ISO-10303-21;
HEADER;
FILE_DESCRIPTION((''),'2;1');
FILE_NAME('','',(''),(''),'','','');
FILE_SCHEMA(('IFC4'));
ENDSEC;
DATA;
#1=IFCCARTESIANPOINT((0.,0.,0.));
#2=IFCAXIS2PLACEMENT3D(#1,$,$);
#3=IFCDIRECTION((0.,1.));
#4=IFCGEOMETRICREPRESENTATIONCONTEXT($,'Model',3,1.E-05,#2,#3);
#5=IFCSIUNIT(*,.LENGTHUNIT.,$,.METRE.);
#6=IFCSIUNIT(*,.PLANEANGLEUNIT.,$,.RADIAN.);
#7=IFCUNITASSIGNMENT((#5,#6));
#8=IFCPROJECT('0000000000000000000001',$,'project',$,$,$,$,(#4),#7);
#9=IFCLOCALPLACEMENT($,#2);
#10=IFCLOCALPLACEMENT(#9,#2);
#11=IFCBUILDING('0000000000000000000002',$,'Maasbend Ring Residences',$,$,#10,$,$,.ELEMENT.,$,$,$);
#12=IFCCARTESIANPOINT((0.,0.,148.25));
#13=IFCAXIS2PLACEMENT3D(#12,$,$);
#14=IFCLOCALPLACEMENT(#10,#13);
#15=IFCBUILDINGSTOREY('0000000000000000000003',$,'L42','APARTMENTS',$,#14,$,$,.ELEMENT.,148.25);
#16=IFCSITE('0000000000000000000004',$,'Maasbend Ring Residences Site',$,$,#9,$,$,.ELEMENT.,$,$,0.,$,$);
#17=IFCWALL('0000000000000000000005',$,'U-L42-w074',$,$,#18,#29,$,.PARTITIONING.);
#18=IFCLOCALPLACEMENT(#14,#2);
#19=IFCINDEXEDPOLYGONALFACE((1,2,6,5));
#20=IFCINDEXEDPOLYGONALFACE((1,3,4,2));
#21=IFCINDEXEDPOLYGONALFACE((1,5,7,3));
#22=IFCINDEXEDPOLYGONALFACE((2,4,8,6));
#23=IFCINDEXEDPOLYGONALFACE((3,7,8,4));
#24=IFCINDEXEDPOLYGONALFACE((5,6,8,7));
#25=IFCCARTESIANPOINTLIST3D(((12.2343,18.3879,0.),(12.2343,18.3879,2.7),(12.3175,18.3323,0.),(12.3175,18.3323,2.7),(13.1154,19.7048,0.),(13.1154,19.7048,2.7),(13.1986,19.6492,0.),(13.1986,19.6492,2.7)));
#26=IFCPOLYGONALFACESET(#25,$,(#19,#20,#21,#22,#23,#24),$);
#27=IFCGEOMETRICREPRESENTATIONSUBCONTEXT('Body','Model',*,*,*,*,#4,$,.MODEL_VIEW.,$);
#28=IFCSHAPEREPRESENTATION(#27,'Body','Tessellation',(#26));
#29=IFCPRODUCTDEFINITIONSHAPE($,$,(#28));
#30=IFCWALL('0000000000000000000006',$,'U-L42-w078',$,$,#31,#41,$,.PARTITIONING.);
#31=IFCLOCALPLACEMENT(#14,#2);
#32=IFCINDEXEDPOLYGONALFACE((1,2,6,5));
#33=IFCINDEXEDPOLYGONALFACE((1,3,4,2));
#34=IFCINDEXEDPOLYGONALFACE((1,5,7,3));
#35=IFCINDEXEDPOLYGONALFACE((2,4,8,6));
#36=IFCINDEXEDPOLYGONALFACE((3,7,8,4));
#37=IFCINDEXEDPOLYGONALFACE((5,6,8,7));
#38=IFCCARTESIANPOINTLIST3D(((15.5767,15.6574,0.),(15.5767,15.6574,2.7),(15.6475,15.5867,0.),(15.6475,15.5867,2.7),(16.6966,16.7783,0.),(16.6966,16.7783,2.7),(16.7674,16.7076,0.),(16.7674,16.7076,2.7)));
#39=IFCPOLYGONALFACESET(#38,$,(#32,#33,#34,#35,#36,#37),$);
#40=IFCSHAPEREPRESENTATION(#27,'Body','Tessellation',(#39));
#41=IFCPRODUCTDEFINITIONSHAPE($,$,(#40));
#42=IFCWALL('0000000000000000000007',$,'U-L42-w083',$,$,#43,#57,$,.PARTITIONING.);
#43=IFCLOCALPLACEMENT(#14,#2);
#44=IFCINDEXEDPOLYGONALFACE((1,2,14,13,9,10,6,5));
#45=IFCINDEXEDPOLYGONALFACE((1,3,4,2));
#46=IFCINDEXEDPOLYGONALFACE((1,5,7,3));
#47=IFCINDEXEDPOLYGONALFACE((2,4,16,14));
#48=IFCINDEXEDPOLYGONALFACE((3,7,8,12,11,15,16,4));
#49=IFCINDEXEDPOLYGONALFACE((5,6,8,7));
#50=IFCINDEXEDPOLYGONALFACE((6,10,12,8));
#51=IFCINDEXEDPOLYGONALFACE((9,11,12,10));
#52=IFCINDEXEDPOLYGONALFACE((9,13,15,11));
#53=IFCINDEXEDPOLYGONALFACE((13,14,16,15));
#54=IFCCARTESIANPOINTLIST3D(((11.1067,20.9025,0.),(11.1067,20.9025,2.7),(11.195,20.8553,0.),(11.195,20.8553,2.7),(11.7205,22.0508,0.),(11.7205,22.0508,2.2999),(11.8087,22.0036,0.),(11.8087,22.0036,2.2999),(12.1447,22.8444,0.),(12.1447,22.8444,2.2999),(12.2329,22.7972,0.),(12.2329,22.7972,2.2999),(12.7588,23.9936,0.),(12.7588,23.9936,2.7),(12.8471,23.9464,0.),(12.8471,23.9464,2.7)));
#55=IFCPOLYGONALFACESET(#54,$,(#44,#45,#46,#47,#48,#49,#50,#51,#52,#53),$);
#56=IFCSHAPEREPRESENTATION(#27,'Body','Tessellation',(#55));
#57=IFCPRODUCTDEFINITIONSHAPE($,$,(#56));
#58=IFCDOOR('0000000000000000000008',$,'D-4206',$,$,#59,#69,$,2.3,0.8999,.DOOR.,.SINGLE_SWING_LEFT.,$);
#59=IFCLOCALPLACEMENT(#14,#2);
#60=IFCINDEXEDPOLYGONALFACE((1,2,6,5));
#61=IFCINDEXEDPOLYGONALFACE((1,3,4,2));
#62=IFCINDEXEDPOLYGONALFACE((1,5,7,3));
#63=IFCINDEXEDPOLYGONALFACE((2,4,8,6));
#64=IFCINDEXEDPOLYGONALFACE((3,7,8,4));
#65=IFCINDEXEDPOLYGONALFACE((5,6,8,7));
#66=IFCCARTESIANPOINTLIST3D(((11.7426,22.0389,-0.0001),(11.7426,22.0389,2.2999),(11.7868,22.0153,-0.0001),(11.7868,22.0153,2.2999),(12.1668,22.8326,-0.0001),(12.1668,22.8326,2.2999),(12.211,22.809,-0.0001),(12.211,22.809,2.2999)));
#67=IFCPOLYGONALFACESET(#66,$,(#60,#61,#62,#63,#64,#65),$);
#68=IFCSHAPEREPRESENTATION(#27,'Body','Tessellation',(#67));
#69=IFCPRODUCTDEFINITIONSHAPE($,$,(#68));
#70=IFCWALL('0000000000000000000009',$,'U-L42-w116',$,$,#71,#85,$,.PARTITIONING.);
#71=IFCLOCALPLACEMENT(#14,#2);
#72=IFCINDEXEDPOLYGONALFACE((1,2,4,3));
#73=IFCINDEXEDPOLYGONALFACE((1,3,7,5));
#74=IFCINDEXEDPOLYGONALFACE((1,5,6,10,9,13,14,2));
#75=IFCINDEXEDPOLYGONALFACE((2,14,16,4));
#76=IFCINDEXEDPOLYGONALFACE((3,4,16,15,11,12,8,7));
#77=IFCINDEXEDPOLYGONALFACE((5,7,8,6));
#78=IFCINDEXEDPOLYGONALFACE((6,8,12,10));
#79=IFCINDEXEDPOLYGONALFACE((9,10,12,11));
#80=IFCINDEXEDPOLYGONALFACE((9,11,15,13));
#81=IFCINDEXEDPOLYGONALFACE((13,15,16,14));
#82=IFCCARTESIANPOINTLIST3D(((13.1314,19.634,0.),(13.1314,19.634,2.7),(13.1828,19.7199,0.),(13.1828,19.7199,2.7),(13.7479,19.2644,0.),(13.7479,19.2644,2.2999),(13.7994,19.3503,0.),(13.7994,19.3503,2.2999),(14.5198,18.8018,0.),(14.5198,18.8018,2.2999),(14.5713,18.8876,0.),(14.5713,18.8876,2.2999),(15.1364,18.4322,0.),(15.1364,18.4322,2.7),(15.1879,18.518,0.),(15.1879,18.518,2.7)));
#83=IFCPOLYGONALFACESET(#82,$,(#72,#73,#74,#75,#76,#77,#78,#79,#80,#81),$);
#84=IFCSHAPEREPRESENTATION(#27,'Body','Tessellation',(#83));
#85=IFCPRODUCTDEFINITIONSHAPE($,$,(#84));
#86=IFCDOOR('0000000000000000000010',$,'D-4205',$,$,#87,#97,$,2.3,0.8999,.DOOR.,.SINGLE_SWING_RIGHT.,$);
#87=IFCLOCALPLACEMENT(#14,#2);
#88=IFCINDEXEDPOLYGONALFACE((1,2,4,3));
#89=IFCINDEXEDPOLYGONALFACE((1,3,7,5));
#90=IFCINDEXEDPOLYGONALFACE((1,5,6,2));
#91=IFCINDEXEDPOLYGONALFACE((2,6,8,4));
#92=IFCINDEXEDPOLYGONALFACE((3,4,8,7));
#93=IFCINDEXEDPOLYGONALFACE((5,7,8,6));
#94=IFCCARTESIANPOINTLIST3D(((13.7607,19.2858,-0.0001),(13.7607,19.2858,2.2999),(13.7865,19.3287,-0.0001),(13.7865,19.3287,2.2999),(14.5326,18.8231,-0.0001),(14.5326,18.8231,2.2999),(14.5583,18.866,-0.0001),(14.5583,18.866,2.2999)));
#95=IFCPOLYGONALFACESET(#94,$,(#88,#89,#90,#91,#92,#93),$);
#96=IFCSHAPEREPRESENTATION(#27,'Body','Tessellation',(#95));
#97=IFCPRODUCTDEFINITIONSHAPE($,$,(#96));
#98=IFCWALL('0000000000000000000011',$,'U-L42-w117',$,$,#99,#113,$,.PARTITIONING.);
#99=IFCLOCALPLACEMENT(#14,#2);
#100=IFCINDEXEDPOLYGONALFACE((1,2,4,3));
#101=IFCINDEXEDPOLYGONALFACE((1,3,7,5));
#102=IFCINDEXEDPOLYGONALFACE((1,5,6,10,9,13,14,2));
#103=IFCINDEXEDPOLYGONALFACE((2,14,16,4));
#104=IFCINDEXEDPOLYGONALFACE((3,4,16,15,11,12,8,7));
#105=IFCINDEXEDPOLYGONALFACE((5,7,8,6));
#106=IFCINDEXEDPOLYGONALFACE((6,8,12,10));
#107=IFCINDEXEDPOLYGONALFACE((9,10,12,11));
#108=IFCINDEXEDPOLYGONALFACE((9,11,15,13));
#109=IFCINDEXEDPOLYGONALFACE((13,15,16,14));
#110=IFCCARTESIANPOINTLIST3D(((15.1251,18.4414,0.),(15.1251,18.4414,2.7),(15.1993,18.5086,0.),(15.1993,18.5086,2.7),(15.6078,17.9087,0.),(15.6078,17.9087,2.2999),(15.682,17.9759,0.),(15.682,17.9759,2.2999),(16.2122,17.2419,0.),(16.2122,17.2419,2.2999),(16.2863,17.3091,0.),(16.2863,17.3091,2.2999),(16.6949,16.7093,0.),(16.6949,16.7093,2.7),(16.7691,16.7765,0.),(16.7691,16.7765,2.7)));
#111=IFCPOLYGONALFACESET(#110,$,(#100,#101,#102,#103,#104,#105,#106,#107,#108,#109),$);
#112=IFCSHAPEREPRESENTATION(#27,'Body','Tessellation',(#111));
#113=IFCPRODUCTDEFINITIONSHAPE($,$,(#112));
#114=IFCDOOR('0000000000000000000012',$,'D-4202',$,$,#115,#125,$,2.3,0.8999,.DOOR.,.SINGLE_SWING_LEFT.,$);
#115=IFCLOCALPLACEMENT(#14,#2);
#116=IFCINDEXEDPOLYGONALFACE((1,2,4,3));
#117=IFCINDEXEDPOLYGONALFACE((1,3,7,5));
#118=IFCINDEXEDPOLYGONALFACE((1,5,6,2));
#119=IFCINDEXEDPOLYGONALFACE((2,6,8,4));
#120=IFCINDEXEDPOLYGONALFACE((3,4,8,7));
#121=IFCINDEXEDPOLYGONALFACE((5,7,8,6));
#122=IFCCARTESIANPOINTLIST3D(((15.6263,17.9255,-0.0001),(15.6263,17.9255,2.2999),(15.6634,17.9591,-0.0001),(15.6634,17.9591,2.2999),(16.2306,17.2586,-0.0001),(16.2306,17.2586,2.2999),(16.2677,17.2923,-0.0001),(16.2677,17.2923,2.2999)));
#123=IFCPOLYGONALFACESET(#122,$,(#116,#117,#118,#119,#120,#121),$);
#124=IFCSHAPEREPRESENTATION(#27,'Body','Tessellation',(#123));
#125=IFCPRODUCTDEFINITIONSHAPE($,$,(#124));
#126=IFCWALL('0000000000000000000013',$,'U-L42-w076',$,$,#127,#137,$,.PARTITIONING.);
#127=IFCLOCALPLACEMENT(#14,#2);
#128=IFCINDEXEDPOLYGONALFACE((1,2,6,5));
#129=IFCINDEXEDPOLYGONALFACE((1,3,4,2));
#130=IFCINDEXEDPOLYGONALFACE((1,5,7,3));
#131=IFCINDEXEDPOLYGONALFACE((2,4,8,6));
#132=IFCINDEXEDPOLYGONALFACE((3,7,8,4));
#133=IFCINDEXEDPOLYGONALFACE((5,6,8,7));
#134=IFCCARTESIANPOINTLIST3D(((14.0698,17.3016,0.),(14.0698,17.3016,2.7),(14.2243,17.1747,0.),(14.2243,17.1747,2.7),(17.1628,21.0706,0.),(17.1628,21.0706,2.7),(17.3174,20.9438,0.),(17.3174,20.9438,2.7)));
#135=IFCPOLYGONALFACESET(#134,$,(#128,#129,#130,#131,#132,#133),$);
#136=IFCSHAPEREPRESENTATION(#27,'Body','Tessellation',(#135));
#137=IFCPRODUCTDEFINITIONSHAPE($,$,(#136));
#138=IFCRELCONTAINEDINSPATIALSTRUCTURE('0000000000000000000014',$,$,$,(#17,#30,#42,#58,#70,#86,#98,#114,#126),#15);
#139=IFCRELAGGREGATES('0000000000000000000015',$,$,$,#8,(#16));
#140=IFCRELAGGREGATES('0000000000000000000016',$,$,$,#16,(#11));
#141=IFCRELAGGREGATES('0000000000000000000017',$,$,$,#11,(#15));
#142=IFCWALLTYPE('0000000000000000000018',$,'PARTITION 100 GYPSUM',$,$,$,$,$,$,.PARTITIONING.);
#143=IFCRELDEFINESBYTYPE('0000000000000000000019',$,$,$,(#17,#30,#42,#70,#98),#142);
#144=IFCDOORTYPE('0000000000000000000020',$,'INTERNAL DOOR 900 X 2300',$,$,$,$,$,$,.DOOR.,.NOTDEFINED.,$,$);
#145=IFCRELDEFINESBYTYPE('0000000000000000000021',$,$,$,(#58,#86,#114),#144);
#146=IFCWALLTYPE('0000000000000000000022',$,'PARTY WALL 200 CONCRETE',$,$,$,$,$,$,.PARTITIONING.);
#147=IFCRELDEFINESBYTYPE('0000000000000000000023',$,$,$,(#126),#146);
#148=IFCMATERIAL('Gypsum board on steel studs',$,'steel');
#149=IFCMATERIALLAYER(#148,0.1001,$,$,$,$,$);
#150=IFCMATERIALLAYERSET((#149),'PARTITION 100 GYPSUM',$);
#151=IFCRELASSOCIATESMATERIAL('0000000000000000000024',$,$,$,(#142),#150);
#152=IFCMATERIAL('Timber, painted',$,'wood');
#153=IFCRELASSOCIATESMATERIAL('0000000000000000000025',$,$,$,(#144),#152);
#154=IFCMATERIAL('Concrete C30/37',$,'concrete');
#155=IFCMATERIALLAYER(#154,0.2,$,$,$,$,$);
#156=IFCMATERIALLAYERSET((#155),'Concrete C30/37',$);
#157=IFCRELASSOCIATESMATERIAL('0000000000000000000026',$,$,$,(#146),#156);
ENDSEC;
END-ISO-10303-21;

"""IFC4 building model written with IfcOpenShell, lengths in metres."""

from ifc_helpers import new_model, si_unit, direction, frame, frame_2d, origin, place, context, subcontext, project, spatial, rectangle, extrude, material, layer, layer_set, type_object, element, fill, save


model = new_model("IFC4")

# Units and contexts
model_context = context("Model", 3, precision=1e-05, world=origin(), true_north=direction((0.0, 1.0)))
body_context = subcontext(model_context, "Body", "Model", "MODEL_VIEW")
ifc_project = project(units=[si_unit("LENGTHUNIT", "METRE"), si_unit("PLANEANGLEUNIT", "RADIAN")], contexts=[model_context])

# Site, building, storey
site_placement = place(None, origin())
site = spatial("IfcSite", under=ifc_project, at=site_placement, Name="Maasbend Ring Residences Site", CompositionType="ELEMENT", RefElevation=0.0)
building_placement = place(site_placement, origin())
building = spatial("IfcBuilding", under=site, at=building_placement, Name="Maasbend Ring Residences", CompositionType="ELEMENT")
storey_placement = place(building_placement, frame((0.0, 0.0, 148.25)))
storey = spatial("IfcBuildingStorey", under=building, at=storey_placement, Name="L42", Description="APARTMENTS", CompositionType="ELEMENT", Elevation=148.25)

# Walls
ifc_material_1 = material(Name="Gypsum board on steel studs", Category="steel")
ifc_layer_1 = layer(ifc_material_1, 0.1001)
ifc_layer_set_1 = layer_set([ifc_layer_1], Name="PARTITION 100 GYPSUM")
wall_type_1 = type_object("IfcWallType", Name="PARTITION 100 GYPSUM", PredefinedType="PARTITIONING", material=ifc_layer_set_1)
for number, where, z_axis, x_axis, name in (
    (1, (12.2759, 18.3601, 0.0), (0.0, 0.0, 1.0), (0.556086, 0.831125, 0.0), "U-L42-w074"),
    (2, (15.6121, 15.6221, 0.0), (0.0, 0.0, 1.0), (0.706799, 0.707415, 0.0), "U-L42-w078"),
):
    element("IfcWall", number, at=place(storey_placement, frame(where, z_axis=z_axis, x_axis=x_axis)), inside=storey, type_object=wall_type_1, Name=name, PredefinedType="PARTITIONING", context=body_context, shape_type="SweptSolid", body=[
        extrude(rectangle(XDim=1.5845, YDim=0.1001, at=frame_2d((0.7922, 0.0))), origin(), (0.0, 0.0, 1.0), 2.7),
    ])

# Walls, openings, doors
wall_1_placement = place(storey_placement, frame((11.1509, 20.8789, 0.0), z_axis=(0.0, 0.0, 1.0), x_axis=(0.471373, 0.881934, 0.0)))
wall_1 = element("IfcWall", 3, at=wall_1_placement, inside=storey, type_object=wall_type_1, Name="U-L42-w083", PredefinedType="PARTITIONING", context=body_context, shape_type="SweptSolid", body=[
    extrude(rectangle(XDim=3.5049, YDim=0.1001, at=frame_2d((1.7524, 0.0))), origin(), (0.0, 0.0, 1.0), 2.7),
])
opening_1_placement = place(wall_1_placement, frame((1.302, 0.0, 0.0)))
opening_1 = element("IfcOpeningElement", 4, at=opening_1_placement, cuts=wall_1, PredefinedType="OPENING", context=body_context, shape_type="SweptSolid", body=[
    extrude(rectangle(XDim=0.8999, YDim=2.3, at=frame_2d((0.45, 1.1499))), frame((0.0, 0.0601, 0.0), z_axis=(0.0, -1.0, 0.0), x_axis=(1.0, 0.0, 0.0)), (0.0, 0.0, 1.0), 0.1201),
])
ifc_material_2 = material(Name="Timber, painted", Category="wood")
door_type_1 = type_object("IfcDoorType", Name="INTERNAL DOOR 900 X 2300", OperationType="NOTDEFINED", PredefinedType="DOOR", material=ifc_material_2)
door_1_placement = place(opening_1_placement, origin())
door_1 = element("IfcDoor", 5, at=door_1_placement, inside=storey, type_object=door_type_1, Name="D-4206", OperationType="SINGLE_SWING_LEFT", OverallHeight=2.3, OverallWidth=0.8999, PredefinedType="DOOR", context=body_context, shape_type="SweptSolid", body=[
    extrude(rectangle(XDim=0.8999, YDim=2.3, at=frame_2d((0.45, 1.1499))), frame((0.0, 0.0249, 0.0), z_axis=(0.0, -1.0, 0.0), x_axis=(1.0, 0.0, 0.0)), (0.0, 0.0, 1.0), 0.05),
])
fill(opening_1, door_1)
wall_2_placement = place(storey_placement, frame((13.157, 19.677, 0.0), z_axis=(0.0, 0.0, 1.0), x_axis=(0.857714, -0.514127, 0.0)))
wall_2 = element("IfcWall", 6, at=wall_2_placement, inside=storey, type_object=wall_type_1, Name="U-L42-w116", PredefinedType="PARTITIONING", context=body_context, shape_type="SweptSolid", body=[
    extrude(rectangle(XDim=2.3376, YDim=0.1001, at=frame_2d((1.1689, 0.0))), origin(), (0.0, 0.0, 1.0), 2.7),
])
opening_2_placement = place(wall_2_placement, frame((0.719, 0.0, 0.0)))
opening_2 = element("IfcOpeningElement", 7, at=opening_2_placement, cuts=wall_2, PredefinedType="OPENING", context=body_context, shape_type="SweptSolid", body=[
    extrude(rectangle(XDim=0.8999, YDim=2.3, at=frame_2d((0.45, 1.1499))), frame((0.0, 0.0601, 0.0), z_axis=(0.0, -1.0, 0.0), x_axis=(1.0, 0.0, 0.0)), (0.0, 0.0, 1.0), 0.1201),
])
door_2_placement = place(opening_2_placement, origin())
door_2 = element("IfcDoor", 8, at=door_2_placement, inside=storey, type_object=door_type_1, Name="D-4205", OperationType="SINGLE_SWING_RIGHT", OverallHeight=2.3, OverallWidth=0.8999, PredefinedType="DOOR", context=body_context, shape_type="SweptSolid", body=[
    extrude(rectangle(XDim=0.8999, YDim=2.3, at=frame_2d((0.45, 1.1499))), frame((0.0, 0.0249, 0.0), z_axis=(0.0, -1.0, 0.0), x_axis=(1.0, 0.0, 0.0)), (0.0, 0.0, 1.0), 0.05),
])
fill(opening_2, door_2)
wall_3_placement = place(storey_placement, frame((15.1621, 18.4751, 0.0), z_axis=(0.0, 0.0, 1.0), x_axis=(0.671528, -0.740979, 0.0)))
wall_3 = element("IfcWall", 9, at=wall_3_placement, inside=storey, type_object=wall_type_1, Name="U-L42-w117", PredefinedType="PARTITIONING", context=body_context, shape_type="SweptSolid", body=[
    extrude(rectangle(XDim=2.3376, YDim=0.1001, at=frame_2d((1.1689, 0.0))), origin(), (0.0, 0.0, 1.0), 2.7),
])
opening_3_placement = place(wall_3_placement, frame((0.719, 0.0, 0.0)))
opening_3 = element("IfcOpeningElement", 10, at=opening_3_placement, cuts=wall_3, PredefinedType="OPENING", context=body_context, shape_type="SweptSolid", body=[
    extrude(rectangle(XDim=0.8999, YDim=2.3, at=frame_2d((0.45, 1.1499))), frame((0.0, 0.0601, 0.0), z_axis=(0.0, -1.0, 0.0), x_axis=(1.0, 0.0, 0.0)), (0.0, 0.0, 1.0), 0.1201),
])
door_3_placement = place(opening_3_placement, origin())
door_3 = element("IfcDoor", 11, at=door_3_placement, inside=storey, type_object=door_type_1, Name="D-4202", OperationType="SINGLE_SWING_LEFT", OverallHeight=2.3, OverallWidth=0.8999, PredefinedType="DOOR", context=body_context, shape_type="SweptSolid", body=[
    extrude(rectangle(XDim=0.8999, YDim=2.3, at=frame_2d((0.45, 1.1499))), frame((0.0, 0.0249, 0.0), z_axis=(0.0, -1.0, 0.0), x_axis=(1.0, 0.0, 0.0)), (0.0, 0.0, 1.0), 0.05),
])
fill(opening_3, door_3)

# Wall
ifc_material_3 = material(Name="Concrete C30/37", Category="concrete")
ifc_layer_2 = layer(ifc_material_3, 0.2)
ifc_layer_set_2 = layer_set([ifc_layer_2], Name="Concrete C30/37")
wall_type_2 = type_object("IfcWallType", Name="PARTY WALL 200 CONCRETE", PredefinedType="PARTITIONING", material=ifc_layer_set_2)
wall_4_placement = place(storey_placement, frame((14.147, 17.238, 0.0), z_axis=(0.0, 0.0, 1.0), x_axis=(0.634374, 0.773026, 0.0)))
element("IfcWall", 12, at=wall_4_placement, inside=storey, type_object=wall_type_2, Name="U-L42-w076", PredefinedType="PARTITIONING", context=body_context, shape_type="SweptSolid", body=[
    extrude(rectangle(XDim=4.8757, YDim=0.2, at=frame_2d((2.438, 0.0))), origin(), (0.0, 0.0, 1.0), 2.7),
])

save(model, "model.ifc")
